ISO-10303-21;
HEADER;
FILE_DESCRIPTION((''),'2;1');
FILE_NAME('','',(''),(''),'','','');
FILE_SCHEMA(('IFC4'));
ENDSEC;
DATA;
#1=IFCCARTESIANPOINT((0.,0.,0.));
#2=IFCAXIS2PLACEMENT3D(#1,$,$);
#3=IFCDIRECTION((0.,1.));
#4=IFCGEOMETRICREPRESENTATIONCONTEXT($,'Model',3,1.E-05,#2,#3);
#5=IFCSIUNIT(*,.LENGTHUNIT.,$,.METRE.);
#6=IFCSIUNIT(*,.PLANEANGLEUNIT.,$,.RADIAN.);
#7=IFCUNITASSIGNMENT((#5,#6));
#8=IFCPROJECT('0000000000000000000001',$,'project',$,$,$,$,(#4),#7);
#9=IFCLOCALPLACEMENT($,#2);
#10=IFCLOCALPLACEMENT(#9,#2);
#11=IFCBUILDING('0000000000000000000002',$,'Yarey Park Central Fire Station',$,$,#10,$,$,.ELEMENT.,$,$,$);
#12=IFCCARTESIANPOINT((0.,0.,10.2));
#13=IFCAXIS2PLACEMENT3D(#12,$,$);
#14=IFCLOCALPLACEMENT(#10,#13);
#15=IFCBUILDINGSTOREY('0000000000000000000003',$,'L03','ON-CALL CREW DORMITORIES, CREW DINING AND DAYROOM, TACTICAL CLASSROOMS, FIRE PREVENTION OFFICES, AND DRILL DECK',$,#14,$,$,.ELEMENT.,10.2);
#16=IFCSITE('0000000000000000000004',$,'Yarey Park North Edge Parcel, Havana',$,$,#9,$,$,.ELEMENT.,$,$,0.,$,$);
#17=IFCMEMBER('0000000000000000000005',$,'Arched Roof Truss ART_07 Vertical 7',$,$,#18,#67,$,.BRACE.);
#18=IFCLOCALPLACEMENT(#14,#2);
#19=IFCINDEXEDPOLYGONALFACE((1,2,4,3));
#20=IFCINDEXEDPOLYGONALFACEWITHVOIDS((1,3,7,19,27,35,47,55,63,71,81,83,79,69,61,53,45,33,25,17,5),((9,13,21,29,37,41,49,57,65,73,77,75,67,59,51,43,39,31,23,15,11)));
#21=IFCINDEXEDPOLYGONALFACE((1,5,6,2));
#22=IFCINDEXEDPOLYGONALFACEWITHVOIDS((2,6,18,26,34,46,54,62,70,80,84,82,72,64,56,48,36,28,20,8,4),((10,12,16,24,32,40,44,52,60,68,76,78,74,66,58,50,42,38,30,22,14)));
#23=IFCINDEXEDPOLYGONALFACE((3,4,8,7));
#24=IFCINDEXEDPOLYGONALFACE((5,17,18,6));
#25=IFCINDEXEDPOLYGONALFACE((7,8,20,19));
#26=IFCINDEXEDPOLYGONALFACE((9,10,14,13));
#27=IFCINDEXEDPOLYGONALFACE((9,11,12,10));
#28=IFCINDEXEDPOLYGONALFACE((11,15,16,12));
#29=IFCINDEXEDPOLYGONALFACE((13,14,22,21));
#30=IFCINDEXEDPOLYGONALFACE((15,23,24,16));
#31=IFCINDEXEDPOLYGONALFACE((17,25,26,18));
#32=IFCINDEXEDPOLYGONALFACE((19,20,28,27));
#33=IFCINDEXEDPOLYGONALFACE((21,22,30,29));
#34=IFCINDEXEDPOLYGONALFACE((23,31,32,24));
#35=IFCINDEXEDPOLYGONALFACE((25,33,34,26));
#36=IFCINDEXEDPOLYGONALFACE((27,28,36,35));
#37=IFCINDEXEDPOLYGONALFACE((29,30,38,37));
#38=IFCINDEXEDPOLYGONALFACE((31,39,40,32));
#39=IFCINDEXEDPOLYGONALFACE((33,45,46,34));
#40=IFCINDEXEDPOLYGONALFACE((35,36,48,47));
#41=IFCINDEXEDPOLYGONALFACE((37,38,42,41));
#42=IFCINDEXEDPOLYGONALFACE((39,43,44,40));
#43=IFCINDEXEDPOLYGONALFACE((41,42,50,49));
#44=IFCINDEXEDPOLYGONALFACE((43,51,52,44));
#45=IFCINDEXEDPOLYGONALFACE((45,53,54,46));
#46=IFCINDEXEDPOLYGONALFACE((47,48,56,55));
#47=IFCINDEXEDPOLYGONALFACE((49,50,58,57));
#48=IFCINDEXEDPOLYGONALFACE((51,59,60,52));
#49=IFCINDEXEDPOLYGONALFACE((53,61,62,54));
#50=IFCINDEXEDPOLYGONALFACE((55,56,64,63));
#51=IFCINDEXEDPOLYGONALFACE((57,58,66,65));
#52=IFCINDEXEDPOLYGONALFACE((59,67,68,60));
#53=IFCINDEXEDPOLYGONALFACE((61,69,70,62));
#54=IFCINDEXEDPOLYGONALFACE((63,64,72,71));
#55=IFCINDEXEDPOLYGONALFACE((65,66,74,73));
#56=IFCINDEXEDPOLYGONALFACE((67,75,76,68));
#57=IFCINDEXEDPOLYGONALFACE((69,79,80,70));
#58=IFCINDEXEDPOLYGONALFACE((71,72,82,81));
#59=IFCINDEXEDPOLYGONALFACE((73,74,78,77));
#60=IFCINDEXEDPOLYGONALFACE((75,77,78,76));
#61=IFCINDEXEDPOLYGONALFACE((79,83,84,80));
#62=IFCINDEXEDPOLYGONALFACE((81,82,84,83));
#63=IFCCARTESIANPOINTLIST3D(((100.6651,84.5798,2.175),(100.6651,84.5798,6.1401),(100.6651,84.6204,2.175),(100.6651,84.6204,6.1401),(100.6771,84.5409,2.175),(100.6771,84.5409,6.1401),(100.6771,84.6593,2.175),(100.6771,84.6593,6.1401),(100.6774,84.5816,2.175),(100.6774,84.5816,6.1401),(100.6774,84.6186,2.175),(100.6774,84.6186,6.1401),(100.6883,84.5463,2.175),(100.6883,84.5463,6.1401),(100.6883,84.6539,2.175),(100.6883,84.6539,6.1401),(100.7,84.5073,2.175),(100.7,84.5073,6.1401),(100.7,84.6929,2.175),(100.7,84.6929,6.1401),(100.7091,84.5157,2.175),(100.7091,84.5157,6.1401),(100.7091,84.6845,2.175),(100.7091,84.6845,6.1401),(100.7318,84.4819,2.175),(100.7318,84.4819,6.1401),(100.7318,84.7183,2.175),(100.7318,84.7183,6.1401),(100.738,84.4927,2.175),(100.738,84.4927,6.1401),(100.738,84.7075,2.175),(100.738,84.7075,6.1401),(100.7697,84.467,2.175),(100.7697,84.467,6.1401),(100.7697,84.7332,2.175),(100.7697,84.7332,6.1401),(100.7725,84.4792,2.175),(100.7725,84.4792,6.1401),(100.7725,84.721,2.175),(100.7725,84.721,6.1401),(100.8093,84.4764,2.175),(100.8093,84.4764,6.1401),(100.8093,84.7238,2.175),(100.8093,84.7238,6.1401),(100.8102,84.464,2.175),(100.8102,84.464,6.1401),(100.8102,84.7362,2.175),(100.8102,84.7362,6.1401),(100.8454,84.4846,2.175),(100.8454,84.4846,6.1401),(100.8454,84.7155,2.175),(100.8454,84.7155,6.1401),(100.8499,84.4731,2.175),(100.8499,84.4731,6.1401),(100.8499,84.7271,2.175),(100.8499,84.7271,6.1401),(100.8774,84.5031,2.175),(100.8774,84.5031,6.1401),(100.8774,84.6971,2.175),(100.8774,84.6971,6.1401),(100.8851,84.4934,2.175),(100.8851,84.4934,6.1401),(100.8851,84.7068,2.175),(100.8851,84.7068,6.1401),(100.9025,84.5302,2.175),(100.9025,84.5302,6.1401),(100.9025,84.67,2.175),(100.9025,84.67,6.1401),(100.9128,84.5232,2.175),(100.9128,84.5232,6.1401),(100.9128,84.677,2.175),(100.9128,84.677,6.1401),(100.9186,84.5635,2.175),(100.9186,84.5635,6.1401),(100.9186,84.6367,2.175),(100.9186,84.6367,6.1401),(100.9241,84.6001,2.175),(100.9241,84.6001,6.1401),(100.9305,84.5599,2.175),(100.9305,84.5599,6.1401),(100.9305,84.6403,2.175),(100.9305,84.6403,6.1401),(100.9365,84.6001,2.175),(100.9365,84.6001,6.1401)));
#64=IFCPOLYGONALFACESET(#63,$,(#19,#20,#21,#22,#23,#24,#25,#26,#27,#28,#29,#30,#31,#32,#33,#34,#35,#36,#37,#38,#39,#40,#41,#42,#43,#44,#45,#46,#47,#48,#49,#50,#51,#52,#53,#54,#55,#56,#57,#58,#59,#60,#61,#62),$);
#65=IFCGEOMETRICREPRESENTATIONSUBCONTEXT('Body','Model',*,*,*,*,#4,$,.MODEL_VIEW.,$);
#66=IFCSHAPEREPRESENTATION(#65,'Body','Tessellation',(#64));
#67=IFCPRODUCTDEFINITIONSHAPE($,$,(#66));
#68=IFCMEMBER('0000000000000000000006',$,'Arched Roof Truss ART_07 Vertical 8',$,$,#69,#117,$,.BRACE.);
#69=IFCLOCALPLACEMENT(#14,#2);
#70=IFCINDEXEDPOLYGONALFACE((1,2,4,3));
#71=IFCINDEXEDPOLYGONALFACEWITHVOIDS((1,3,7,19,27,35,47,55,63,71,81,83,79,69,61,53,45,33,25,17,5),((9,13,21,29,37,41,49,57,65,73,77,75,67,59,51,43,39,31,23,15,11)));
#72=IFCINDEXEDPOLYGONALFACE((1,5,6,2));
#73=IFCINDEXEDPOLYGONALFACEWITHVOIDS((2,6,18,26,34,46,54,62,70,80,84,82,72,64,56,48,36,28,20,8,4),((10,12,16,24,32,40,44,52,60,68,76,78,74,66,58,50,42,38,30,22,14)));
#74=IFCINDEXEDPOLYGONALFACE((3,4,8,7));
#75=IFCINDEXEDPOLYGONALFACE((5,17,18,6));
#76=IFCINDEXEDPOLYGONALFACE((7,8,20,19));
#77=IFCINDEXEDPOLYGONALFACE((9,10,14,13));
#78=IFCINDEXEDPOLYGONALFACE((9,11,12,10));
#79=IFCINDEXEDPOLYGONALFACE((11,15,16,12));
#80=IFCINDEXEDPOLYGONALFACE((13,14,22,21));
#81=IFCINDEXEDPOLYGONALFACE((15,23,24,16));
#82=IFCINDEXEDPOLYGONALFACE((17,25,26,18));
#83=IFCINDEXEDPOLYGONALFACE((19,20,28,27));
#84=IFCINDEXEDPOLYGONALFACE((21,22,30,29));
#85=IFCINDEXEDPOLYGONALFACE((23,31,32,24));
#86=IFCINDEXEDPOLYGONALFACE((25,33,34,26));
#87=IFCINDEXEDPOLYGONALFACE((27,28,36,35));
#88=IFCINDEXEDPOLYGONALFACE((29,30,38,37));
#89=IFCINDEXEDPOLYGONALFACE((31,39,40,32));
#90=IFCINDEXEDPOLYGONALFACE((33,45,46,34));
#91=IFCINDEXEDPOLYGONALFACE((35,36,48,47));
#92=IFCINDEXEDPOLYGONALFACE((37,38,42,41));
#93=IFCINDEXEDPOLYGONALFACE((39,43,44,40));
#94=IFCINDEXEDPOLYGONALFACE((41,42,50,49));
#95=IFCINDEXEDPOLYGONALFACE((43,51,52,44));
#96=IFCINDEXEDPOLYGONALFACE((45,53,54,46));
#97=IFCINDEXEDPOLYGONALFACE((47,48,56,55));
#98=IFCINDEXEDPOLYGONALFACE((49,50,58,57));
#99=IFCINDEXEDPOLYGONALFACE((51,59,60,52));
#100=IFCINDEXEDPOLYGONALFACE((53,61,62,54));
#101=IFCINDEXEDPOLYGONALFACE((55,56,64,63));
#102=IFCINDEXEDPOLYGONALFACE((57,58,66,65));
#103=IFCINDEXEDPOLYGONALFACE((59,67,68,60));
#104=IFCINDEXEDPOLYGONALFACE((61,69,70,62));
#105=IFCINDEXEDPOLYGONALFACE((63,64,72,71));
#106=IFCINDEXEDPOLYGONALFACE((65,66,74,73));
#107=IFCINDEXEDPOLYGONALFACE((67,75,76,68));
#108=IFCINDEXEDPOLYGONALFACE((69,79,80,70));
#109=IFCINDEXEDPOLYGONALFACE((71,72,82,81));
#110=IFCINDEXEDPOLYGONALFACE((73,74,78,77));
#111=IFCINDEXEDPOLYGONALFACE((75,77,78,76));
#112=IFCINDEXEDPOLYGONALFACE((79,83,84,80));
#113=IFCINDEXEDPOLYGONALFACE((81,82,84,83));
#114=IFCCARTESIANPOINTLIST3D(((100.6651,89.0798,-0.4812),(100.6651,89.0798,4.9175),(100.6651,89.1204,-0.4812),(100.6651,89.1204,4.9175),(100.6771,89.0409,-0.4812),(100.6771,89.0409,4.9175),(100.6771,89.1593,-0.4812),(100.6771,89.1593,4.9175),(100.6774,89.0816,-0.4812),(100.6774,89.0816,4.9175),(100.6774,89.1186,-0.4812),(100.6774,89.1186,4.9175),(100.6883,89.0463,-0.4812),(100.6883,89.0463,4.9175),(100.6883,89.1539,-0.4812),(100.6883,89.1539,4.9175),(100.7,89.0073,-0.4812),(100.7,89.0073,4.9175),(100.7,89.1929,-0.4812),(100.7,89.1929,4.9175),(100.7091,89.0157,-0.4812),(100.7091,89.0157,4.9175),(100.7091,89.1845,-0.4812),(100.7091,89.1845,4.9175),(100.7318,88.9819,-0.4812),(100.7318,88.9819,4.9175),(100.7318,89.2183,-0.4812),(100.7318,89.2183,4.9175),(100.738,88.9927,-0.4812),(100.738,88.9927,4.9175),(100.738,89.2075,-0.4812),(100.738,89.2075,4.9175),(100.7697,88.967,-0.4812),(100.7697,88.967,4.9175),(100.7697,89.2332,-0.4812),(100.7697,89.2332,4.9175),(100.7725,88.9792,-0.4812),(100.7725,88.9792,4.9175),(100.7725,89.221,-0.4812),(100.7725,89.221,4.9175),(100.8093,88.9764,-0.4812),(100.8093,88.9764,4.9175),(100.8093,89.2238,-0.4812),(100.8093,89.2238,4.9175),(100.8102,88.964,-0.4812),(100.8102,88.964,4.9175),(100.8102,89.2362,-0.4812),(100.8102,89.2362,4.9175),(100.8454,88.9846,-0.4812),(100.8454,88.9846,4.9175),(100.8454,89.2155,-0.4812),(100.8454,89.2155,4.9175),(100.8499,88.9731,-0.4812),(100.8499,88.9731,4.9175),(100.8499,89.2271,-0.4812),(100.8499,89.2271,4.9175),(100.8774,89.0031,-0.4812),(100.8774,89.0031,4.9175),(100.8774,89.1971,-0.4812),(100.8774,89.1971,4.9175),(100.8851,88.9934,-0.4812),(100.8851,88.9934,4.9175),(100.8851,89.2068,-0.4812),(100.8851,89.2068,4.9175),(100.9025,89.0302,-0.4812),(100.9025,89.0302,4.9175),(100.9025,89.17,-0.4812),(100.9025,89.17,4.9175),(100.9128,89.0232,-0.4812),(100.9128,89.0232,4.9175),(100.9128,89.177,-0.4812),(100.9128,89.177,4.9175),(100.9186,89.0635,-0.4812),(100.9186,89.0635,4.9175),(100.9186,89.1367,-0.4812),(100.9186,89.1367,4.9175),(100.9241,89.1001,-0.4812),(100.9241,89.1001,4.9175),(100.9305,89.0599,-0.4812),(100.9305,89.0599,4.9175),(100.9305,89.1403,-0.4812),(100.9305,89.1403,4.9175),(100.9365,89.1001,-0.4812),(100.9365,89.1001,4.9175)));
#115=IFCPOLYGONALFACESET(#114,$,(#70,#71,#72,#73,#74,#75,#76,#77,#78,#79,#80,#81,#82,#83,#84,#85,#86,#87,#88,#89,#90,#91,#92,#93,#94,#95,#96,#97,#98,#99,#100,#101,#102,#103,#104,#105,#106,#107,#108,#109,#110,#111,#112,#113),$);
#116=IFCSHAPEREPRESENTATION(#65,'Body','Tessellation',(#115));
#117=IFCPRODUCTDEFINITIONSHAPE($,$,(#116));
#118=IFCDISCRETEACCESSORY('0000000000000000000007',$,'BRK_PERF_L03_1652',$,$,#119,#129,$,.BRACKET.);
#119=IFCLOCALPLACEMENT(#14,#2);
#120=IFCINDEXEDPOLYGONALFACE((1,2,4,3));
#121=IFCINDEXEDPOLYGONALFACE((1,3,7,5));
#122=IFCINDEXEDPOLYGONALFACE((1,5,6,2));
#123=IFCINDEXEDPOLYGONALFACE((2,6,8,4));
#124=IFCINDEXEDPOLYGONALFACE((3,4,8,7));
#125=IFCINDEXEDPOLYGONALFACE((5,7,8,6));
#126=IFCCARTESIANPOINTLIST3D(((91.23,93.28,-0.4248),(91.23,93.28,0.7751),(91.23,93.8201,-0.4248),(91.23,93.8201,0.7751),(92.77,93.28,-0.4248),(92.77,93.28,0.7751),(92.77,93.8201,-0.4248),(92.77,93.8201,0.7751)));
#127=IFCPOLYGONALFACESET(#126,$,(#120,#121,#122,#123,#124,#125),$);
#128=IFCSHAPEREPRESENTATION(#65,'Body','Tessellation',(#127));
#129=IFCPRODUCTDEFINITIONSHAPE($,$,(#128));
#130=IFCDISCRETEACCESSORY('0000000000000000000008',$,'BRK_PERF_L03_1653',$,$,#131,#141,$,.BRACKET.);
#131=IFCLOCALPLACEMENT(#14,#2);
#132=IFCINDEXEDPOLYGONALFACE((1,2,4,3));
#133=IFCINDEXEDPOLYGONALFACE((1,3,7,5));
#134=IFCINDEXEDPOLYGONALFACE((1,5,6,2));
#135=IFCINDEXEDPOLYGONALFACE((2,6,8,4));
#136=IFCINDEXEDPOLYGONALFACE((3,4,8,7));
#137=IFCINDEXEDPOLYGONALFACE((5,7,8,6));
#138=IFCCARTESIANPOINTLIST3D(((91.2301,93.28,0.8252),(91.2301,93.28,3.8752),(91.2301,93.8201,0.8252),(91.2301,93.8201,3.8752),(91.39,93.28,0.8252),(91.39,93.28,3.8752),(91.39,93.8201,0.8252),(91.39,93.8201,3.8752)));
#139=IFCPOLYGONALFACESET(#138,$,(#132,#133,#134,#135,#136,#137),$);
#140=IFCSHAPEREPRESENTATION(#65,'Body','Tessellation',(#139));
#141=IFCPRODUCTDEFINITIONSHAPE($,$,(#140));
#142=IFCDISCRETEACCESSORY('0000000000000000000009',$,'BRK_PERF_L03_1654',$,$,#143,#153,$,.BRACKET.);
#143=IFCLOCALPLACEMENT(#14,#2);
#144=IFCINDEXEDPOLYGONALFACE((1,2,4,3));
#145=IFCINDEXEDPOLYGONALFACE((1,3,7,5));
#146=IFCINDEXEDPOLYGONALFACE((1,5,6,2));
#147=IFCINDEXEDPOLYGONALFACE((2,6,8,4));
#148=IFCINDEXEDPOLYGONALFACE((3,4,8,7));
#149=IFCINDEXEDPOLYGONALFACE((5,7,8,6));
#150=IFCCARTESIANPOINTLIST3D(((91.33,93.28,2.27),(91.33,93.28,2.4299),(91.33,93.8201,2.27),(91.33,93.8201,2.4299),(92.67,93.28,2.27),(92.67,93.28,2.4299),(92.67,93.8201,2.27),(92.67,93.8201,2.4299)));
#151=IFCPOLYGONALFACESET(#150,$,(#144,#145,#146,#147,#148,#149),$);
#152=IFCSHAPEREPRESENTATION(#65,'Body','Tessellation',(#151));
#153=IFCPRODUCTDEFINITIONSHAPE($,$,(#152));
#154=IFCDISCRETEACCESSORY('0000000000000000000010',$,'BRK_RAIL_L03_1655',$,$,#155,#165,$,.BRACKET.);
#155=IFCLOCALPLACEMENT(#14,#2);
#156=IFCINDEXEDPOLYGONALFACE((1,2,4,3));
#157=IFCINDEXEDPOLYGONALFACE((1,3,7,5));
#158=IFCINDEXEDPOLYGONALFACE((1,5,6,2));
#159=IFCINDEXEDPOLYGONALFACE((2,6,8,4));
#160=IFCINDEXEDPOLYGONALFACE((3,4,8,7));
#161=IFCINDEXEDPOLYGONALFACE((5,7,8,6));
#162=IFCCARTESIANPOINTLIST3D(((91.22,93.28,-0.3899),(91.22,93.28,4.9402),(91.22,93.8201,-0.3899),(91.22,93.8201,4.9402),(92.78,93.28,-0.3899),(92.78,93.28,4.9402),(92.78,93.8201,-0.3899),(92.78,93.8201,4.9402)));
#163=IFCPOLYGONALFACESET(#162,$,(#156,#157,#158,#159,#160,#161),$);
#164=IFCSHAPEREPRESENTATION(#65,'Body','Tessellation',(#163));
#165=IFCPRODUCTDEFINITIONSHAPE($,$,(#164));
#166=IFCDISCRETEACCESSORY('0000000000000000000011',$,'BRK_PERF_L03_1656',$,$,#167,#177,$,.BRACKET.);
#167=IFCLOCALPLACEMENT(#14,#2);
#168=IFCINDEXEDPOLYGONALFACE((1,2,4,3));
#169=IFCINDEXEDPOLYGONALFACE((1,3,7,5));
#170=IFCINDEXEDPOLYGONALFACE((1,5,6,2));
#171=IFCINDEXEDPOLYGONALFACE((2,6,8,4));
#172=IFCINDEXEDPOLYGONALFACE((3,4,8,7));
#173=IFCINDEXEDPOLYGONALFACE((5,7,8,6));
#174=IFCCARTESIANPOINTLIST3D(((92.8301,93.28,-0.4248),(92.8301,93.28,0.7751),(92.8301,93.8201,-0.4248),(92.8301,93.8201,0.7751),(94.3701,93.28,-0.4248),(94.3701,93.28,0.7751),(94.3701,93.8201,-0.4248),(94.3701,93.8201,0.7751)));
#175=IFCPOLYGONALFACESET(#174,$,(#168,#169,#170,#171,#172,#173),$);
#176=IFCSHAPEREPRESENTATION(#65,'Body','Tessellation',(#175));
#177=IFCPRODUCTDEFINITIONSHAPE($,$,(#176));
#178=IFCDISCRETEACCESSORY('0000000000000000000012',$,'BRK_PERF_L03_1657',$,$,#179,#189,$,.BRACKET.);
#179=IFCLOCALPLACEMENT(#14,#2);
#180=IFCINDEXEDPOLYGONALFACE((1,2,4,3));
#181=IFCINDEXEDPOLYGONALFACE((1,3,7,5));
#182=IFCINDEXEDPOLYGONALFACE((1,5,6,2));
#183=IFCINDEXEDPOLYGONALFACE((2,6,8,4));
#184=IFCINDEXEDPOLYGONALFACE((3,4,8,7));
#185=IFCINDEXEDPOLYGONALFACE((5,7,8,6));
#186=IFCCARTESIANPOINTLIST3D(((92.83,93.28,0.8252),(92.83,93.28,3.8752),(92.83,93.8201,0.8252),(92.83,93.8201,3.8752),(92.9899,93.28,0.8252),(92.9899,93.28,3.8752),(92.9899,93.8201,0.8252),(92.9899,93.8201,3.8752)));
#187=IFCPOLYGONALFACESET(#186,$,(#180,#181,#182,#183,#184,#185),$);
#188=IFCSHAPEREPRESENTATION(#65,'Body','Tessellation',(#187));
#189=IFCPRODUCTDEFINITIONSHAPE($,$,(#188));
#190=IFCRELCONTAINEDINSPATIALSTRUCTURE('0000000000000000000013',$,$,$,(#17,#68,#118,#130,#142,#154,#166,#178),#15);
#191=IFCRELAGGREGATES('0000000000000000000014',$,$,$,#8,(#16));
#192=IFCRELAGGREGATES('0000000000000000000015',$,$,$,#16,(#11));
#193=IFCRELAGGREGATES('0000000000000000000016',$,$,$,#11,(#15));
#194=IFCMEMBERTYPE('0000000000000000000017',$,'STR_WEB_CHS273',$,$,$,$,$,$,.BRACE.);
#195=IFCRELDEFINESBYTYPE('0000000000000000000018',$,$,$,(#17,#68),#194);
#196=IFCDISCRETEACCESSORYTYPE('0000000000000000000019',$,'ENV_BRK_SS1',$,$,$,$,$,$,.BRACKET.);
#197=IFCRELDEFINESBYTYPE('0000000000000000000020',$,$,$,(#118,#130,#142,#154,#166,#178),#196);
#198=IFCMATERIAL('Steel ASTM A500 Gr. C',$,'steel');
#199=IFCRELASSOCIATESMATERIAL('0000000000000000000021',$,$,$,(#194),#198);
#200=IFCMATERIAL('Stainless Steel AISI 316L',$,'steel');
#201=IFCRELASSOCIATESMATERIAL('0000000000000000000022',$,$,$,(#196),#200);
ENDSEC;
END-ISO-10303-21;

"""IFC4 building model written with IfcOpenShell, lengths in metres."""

from ifc_helpers import new_model, si_unit, direction, frame, origin, origin_2d, place, context, subcontext, project, spatial, rectangle, hollow_circle, extrude, material, material_profile, profile_set, type_object, element, save


model = new_model("IFC4")

# Units and contexts
model_context = context("Model", 3, precision=1e-05, world=origin(), true_north=direction((0.0, 1.0)))
body_context = subcontext(model_context, "Body", "Model", "MODEL_VIEW")
ifc_project = project(units=[si_unit("LENGTHUNIT", "METRE"), si_unit("PLANEANGLEUNIT", "RADIAN")], contexts=[model_context])

# Site, building, storey
site_placement = place(None, origin())
site = spatial("IfcSite", under=ifc_project, at=site_placement, Name="Yarey Park North Edge Parcel, Havana", CompositionType="ELEMENT", RefElevation=0.0)
building_placement = place(site_placement, origin())
building = spatial("IfcBuilding", under=site, at=building_placement, Name="Yarey Park Central Fire Station", CompositionType="ELEMENT")
storey_placement = place(building_placement, frame((0.0, 0.0, 10.2)))
storey = spatial("IfcBuildingStorey", under=building, at=storey_placement, Name="L03", Description="ON-CALL CREW DORMITORIES, CREW DINING AND DAYROOM, TACTICAL CLASSROOMS, FIRE PREVENTION OFFICES, AND DRILL DECK", CompositionType="ELEMENT", Elevation=10.2)

# Members
ifc_material_1 = material(Name="Steel ASTM A500 Gr. C", Category="steel")
ifc_material_profile_1 = material_profile(ifc_material_1, hollow_circle(Radius=0.1365, WallThickness=0.0125, at=origin_2d()), Name="CHS 273x12.5")
ifc_profile_set_1 = profile_set([ifc_material_profile_1], Name="Steel ASTM A500 Gr. C")
member_type_1 = type_object("IfcMemberType", Name="STR_WEB_CHS273", PredefinedType="BRACE", material=ifc_profile_set_1)
member_1_placement = place(storey_placement, frame((100.8, 84.6001, 2.175), z_axis=(0.0, 0.0, 1.0), x_axis=(1.0, 0.0, 0.0)))
element("IfcMember", 1, at=member_1_placement, inside=storey, type_object=member_type_1, Name="Arched Roof Truss ART_07 Vertical 7", PredefinedType="BRACE", context=body_context, shape_type="SweptSolid", body=[
    extrude(hollow_circle(Radius=0.1365, WallThickness=0.0125, at=origin_2d()), origin(), (0.0, 0.0, 1.0), 3.9651),
])
member_2_placement = place(storey_placement, frame((100.8, 89.1001, -0.4812), z_axis=(0.0, 0.0, 1.0), x_axis=(1.0, 0.0, 0.0)))
element("IfcMember", 2, at=member_2_placement, inside=storey, type_object=member_type_1, Name="Arched Roof Truss ART_07 Vertical 8", PredefinedType="BRACE", context=body_context, shape_type="SweptSolid", body=[
    extrude(hollow_circle(Radius=0.1365, WallThickness=0.0125, at=origin_2d()), origin(), (0.0, 0.0, 1.0), 5.3987),
])

# Discrete accessories
ifc_material_2 = material(Name="Stainless Steel AISI 316L", Category="steel")
discrete_accessory_type = type_object("IfcDiscreteAccessoryType", Name="ENV_BRK_SS1", PredefinedType="BRACKET", material=ifc_material_2)
discrete_accessory_1_placement = place(storey_placement, frame((92.0, 93.55, -0.4248), z_axis=(0.0, 0.0, 1.0), x_axis=(1.0, 0.0, 0.0)))
element("IfcDiscreteAccessory", 3, at=discrete_accessory_1_placement, inside=storey, type_object=discrete_accessory_type, Name="BRK_PERF_L03_1652", PredefinedType="BRACKET", context=body_context, shape_type="SweptSolid", body=[
    extrude(rectangle(XDim=1.54, YDim=0.54, at=origin_2d()), origin(), (0.0, 0.0, 1.0), 1.2),
])
discrete_accessory_2_placement = place(storey_placement, frame((91.3101, 93.55, 0.8252), z_axis=(0.0, 0.0, 1.0), x_axis=(1.0, 0.0, 0.0)))
element("IfcDiscreteAccessory", 4, at=discrete_accessory_2_placement, inside=storey, type_object=discrete_accessory_type, Name="BRK_PERF_L03_1653", PredefinedType="BRACKET", context=body_context, shape_type="SweptSolid", body=[
    extrude(rectangle(XDim=0.1599, YDim=0.54, at=origin_2d()), origin(), (0.0, 0.0, 1.0), 3.05),
])
discrete_accessory_3_placement = place(storey_placement, frame((92.0, 93.55, 2.27), z_axis=(0.0, 0.0, 1.0), x_axis=(1.0, 0.0, 0.0)))
element("IfcDiscreteAccessory", 5, at=discrete_accessory_3_placement, inside=storey, type_object=discrete_accessory_type, Name="BRK_PERF_L03_1654", PredefinedType="BRACKET", context=body_context, shape_type="SweptSolid", body=[
    extrude(rectangle(XDim=1.3401, YDim=0.54, at=origin_2d()), origin(), (0.0, 0.0, 1.0), 0.1599),
])
discrete_accessory_4_placement = place(storey_placement, frame((92.0, 93.55, -0.3899), z_axis=(0.0, 0.0, 1.0), x_axis=(1.0, 0.0, 0.0)))
element("IfcDiscreteAccessory", 6, at=discrete_accessory_4_placement, inside=storey, type_object=discrete_accessory_type, Name="BRK_RAIL_L03_1655", PredefinedType="BRACKET", context=body_context, shape_type="SweptSolid", body=[
    extrude(rectangle(XDim=1.5601, YDim=0.54, at=origin_2d()), origin(), (0.0, 0.0, 1.0), 5.3301),
])
discrete_accessory_5_placement = place(storey_placement, frame((93.6001, 93.55, -0.4248), z_axis=(0.0, 0.0, 1.0), x_axis=(1.0, 0.0, 0.0)))
element("IfcDiscreteAccessory", 7, at=discrete_accessory_5_placement, inside=storey, type_object=discrete_accessory_type, Name="BRK_PERF_L03_1656", PredefinedType="BRACKET", context=body_context, shape_type="SweptSolid", body=[
    extrude(rectangle(XDim=1.54, YDim=0.54, at=origin_2d()), origin(), (0.0, 0.0, 1.0), 1.2),
])
discrete_accessory_6_placement = place(storey_placement, frame((92.9099, 93.55, 0.8252), z_axis=(0.0, 0.0, 1.0), x_axis=(1.0, 0.0, 0.0)))
element("IfcDiscreteAccessory", 8, at=discrete_accessory_6_placement, inside=storey, type_object=discrete_accessory_type, Name="BRK_PERF_L03_1657", PredefinedType="BRACKET", context=body_context, shape_type="SweptSolid", body=[
    extrude(rectangle(XDim=0.1599, YDim=0.54, at=origin_2d()), origin(), (0.0, 0.0, 1.0), 3.05),
])

save(model, "model.ifc")
